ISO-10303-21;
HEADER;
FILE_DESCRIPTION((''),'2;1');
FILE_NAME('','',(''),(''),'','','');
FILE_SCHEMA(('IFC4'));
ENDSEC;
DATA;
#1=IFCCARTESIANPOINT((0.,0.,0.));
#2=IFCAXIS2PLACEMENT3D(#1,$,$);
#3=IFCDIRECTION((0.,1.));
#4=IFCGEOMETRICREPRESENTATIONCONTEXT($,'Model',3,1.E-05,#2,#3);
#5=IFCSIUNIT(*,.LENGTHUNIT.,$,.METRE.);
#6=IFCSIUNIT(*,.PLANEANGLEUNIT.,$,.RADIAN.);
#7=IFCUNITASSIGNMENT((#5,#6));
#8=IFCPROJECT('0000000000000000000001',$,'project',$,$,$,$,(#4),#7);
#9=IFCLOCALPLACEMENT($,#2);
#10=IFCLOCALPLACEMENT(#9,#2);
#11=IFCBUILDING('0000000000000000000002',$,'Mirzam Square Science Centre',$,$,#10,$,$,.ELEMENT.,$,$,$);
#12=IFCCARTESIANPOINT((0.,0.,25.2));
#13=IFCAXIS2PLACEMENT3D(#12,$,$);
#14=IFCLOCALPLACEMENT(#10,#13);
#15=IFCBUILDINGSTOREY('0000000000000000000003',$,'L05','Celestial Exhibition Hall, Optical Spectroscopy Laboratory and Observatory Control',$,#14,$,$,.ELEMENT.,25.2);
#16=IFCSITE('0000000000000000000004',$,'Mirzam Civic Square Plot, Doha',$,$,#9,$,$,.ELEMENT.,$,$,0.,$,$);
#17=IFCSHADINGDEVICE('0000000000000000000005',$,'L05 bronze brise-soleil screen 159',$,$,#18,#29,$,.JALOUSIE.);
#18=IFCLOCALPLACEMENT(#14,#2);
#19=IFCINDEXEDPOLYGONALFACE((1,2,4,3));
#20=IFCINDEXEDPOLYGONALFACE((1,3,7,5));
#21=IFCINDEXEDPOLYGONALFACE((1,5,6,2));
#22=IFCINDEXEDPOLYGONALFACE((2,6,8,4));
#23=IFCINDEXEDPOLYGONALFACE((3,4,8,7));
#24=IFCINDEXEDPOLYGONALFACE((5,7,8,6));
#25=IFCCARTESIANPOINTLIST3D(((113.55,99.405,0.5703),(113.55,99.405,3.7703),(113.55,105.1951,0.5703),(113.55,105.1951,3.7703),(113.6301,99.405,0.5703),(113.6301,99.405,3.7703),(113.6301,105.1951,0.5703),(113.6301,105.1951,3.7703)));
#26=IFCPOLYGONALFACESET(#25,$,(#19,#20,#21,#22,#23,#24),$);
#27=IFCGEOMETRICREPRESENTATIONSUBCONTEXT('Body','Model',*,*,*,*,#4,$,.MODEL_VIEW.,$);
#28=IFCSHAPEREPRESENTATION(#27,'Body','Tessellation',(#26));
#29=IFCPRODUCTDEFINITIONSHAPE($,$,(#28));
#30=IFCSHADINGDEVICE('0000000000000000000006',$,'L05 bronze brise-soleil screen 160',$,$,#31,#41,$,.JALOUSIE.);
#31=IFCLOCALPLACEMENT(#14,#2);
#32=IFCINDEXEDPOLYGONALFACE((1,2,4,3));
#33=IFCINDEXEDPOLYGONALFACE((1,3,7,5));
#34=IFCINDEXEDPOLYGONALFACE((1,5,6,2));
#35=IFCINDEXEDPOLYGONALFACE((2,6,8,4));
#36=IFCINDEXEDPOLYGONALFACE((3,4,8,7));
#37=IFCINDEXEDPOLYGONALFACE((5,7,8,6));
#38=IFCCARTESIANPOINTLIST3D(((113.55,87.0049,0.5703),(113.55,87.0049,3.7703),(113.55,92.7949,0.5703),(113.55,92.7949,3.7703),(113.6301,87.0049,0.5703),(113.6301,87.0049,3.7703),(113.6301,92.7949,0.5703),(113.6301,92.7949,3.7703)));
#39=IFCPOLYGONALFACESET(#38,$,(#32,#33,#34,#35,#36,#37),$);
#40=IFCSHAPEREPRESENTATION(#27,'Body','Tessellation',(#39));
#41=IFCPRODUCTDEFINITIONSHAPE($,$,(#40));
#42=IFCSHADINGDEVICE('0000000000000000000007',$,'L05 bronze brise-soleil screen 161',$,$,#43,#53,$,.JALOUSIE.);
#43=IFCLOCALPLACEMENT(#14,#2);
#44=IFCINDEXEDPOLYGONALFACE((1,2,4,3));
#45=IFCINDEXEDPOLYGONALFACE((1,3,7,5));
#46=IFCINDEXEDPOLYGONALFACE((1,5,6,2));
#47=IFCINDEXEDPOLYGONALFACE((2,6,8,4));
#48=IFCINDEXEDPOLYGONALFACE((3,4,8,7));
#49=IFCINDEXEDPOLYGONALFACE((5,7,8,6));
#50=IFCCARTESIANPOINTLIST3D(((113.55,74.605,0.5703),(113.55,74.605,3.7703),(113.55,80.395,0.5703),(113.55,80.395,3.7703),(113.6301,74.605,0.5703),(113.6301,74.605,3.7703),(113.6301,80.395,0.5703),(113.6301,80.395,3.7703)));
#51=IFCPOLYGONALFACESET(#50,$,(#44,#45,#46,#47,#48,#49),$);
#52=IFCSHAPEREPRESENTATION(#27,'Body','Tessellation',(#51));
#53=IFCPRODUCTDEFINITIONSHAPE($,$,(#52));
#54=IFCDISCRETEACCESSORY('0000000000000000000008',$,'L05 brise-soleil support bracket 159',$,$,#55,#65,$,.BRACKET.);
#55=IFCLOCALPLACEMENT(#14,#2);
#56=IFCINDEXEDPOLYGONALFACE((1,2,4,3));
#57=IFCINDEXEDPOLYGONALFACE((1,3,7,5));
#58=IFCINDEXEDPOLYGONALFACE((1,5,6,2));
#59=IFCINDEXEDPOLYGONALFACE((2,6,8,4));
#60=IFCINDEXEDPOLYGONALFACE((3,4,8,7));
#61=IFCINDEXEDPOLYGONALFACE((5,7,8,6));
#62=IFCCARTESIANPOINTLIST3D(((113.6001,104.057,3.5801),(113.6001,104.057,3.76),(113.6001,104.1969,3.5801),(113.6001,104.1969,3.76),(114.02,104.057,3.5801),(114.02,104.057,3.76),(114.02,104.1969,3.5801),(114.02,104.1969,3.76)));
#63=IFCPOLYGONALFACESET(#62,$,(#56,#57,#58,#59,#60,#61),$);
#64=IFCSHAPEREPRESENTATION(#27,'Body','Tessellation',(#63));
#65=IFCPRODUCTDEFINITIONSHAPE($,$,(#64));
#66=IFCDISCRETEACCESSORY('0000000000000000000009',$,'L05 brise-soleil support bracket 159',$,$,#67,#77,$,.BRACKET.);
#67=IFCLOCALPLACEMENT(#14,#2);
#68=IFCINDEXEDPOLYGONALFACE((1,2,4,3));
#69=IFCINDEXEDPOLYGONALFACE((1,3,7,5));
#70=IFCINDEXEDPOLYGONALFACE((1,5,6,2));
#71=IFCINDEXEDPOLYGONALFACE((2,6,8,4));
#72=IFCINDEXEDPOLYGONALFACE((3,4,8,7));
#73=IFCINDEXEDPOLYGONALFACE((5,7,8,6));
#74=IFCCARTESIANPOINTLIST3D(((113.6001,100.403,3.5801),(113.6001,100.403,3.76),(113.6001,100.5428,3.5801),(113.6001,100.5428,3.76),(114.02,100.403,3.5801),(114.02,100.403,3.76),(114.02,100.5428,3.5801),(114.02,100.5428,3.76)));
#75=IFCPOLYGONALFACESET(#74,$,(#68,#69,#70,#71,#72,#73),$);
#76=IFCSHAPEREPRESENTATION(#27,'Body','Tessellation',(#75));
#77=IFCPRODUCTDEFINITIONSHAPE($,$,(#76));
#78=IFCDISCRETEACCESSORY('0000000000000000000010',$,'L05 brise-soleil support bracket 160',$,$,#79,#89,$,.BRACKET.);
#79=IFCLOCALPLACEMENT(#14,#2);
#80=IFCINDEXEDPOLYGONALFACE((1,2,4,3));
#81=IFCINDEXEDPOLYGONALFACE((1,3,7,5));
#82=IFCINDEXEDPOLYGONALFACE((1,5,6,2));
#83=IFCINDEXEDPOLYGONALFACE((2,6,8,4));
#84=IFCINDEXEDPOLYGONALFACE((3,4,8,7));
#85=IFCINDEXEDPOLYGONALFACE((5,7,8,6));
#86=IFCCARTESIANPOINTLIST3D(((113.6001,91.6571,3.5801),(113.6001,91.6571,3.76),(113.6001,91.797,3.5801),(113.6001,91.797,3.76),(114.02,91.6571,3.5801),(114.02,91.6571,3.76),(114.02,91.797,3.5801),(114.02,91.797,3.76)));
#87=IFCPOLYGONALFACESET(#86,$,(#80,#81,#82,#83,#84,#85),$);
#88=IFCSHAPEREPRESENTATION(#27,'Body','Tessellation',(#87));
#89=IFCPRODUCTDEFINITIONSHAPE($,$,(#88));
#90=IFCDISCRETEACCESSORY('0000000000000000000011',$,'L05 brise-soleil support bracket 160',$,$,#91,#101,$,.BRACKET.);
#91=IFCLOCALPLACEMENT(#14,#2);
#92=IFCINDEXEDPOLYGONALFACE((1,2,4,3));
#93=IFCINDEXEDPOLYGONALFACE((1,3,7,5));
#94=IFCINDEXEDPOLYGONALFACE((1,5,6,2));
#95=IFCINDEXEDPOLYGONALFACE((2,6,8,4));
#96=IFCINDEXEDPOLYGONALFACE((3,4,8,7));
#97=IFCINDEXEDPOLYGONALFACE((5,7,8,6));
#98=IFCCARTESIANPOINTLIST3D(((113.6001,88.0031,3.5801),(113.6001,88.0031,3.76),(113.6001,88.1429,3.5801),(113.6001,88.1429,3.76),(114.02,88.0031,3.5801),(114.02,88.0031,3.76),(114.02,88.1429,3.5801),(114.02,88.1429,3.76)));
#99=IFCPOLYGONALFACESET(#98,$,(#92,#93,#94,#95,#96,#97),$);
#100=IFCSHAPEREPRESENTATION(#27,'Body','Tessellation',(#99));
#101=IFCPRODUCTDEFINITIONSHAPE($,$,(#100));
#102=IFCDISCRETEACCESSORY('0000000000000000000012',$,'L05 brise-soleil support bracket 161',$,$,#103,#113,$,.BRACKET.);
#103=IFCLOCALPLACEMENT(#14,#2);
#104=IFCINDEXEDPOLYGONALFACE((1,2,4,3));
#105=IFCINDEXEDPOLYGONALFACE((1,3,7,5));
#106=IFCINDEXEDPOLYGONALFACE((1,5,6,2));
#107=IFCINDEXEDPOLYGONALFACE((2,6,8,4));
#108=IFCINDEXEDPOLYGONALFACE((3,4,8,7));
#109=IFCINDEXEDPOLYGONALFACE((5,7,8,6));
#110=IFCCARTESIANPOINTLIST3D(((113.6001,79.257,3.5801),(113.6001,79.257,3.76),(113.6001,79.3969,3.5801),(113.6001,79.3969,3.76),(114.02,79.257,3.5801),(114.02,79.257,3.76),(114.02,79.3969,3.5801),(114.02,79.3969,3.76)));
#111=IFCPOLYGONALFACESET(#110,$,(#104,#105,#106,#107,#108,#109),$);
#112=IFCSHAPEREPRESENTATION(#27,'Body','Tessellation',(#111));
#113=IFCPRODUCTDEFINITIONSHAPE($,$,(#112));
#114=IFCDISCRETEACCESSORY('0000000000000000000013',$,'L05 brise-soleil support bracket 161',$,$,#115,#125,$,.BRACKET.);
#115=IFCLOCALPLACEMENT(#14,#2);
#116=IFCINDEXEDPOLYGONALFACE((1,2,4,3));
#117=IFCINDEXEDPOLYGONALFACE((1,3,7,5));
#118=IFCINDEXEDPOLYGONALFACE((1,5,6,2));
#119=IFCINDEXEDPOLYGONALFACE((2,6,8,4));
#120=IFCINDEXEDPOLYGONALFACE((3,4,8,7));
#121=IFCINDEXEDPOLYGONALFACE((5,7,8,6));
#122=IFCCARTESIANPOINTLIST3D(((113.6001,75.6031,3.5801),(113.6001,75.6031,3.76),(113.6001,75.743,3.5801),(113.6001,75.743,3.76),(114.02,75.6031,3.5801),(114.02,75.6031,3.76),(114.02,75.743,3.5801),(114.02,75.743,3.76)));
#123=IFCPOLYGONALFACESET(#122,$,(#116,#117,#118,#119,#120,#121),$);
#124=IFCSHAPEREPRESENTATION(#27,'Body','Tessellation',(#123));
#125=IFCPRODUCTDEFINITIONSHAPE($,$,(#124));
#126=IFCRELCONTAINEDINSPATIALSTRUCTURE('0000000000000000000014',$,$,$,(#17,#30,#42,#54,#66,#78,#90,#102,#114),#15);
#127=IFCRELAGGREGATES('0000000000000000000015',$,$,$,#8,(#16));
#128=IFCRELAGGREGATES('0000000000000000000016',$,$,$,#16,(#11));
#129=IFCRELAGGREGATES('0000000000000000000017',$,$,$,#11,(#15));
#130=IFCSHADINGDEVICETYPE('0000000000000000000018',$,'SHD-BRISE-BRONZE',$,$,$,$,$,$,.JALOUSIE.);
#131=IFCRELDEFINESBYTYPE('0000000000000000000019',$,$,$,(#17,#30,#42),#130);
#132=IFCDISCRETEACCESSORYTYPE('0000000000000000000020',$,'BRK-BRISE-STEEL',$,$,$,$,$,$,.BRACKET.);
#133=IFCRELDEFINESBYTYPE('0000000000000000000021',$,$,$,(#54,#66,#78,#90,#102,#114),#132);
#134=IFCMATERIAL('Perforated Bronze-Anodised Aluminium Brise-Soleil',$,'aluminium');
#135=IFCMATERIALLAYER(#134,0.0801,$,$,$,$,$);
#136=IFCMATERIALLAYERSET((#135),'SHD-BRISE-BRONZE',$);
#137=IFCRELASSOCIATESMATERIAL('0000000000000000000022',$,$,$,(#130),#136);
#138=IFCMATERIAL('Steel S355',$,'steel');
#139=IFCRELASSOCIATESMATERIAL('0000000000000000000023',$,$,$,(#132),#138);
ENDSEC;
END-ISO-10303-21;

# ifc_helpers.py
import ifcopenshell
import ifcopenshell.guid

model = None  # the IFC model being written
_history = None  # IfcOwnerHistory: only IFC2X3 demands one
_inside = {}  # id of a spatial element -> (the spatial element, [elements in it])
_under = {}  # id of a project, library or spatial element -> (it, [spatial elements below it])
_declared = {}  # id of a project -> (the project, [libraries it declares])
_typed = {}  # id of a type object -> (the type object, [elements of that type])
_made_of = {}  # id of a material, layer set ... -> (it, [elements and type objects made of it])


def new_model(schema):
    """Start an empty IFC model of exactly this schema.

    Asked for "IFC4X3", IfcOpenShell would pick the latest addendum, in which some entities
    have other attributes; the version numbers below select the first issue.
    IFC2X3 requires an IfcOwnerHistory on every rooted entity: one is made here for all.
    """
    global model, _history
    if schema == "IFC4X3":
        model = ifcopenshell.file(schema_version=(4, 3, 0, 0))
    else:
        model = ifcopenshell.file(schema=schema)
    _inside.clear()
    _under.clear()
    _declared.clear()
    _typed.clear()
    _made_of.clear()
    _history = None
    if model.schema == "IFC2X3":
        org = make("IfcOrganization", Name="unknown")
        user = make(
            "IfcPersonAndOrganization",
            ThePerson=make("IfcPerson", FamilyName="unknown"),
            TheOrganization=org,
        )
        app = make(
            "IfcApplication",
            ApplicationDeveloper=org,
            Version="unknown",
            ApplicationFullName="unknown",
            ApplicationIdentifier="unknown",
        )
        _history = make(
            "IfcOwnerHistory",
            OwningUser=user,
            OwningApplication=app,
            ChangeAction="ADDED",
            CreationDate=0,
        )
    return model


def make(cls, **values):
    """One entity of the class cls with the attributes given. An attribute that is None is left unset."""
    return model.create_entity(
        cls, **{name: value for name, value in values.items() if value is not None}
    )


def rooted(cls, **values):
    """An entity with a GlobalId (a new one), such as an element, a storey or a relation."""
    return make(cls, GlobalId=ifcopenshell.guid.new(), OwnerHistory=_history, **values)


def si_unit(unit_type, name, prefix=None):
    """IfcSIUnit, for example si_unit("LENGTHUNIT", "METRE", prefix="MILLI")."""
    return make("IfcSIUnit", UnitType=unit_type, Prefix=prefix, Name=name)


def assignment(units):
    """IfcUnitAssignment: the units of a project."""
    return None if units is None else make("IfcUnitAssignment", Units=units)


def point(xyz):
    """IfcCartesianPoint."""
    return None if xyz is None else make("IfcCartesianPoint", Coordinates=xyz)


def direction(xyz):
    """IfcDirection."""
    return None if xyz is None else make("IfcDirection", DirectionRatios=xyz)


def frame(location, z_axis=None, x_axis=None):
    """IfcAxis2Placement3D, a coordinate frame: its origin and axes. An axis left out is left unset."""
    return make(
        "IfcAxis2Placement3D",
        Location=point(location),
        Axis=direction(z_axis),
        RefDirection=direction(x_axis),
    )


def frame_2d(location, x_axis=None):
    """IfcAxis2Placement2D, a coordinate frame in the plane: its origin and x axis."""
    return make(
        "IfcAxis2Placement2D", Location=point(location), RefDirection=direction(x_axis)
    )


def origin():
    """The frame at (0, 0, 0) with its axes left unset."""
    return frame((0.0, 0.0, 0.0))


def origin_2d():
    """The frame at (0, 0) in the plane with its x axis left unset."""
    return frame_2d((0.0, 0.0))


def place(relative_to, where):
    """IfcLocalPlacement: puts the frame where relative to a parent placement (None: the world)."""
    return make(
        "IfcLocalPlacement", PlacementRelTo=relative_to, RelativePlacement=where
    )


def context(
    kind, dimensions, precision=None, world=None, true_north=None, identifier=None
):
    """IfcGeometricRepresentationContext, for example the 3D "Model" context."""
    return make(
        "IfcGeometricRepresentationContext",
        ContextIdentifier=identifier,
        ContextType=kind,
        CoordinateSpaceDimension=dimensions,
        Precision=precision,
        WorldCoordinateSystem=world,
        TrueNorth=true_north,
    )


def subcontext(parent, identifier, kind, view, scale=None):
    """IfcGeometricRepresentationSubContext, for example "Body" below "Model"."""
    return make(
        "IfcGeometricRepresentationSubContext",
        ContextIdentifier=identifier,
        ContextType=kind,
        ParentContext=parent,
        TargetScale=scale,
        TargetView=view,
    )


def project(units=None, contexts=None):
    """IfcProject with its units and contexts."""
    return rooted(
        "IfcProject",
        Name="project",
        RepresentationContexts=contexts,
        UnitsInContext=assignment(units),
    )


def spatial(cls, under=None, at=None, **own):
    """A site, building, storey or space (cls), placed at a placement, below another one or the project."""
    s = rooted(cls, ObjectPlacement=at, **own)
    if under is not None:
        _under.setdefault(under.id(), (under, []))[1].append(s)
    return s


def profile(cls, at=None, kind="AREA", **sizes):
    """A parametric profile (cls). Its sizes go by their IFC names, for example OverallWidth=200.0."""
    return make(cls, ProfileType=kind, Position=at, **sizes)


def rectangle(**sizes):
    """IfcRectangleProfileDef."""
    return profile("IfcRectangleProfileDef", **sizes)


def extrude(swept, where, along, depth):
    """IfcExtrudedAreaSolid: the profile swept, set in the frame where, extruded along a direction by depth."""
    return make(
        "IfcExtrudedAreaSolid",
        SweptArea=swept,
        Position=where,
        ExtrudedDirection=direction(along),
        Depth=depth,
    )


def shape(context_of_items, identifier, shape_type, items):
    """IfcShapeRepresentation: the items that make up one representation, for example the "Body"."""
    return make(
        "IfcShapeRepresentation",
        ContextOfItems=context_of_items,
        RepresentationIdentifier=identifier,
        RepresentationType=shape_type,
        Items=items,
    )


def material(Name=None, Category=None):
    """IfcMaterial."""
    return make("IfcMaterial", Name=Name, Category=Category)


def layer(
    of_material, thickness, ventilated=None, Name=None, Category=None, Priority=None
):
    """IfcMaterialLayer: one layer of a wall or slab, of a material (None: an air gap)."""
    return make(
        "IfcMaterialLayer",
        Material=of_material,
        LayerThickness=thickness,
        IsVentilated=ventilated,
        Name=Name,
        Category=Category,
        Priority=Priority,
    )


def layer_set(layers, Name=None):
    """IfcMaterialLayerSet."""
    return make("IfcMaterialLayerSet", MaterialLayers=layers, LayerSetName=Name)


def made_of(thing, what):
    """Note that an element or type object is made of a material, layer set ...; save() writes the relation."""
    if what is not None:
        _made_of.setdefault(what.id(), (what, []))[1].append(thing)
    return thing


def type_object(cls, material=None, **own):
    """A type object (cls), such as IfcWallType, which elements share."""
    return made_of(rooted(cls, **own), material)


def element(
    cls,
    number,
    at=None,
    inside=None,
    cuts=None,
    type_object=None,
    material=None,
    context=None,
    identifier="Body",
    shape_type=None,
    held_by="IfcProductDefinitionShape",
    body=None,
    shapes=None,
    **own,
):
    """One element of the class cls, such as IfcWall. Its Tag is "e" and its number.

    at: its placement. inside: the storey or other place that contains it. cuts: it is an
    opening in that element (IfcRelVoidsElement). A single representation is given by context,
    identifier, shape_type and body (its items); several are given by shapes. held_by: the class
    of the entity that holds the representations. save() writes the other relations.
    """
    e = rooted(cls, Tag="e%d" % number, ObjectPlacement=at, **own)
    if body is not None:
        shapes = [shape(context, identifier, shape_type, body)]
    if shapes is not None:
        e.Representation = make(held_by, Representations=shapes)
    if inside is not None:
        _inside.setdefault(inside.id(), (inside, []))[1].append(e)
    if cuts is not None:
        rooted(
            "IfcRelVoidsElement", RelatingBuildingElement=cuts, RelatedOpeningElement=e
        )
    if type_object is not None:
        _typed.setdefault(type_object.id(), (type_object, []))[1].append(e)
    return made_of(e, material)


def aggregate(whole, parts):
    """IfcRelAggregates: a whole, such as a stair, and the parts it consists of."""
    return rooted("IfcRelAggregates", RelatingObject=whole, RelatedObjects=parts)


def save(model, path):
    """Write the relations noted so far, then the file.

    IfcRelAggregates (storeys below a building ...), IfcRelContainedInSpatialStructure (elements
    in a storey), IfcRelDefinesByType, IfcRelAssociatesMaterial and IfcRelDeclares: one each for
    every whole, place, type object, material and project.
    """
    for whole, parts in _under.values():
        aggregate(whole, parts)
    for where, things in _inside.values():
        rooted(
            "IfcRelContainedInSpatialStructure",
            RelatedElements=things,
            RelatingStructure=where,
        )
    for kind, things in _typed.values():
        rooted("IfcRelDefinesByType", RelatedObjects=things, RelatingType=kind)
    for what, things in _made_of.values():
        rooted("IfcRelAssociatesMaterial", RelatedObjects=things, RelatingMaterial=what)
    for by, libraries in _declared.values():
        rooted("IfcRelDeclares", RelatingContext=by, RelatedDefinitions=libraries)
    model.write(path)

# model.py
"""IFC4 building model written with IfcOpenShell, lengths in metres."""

from ifc_helpers import new_model, si_unit, direction, frame, origin, origin_2d, place, context, subcontext, project, spatial, rectangle, extrude, material, layer, layer_set, type_object, element, save


model = new_model("IFC4")

# Units and contexts
model_context = context("Model", 3, precision=1e-05, world=origin(), true_north=direction((0.0, 1.0)))
body_context = subcontext(model_context, "Body", "Model", "MODEL_VIEW")
ifc_project = project(units=[si_unit("LENGTHUNIT", "METRE"), si_unit("PLANEANGLEUNIT", "RADIAN")], contexts=[model_context])

# Site, building, storey
site_placement = place(None, origin())
site = spatial("IfcSite", under=ifc_project, at=site_placement, Name="Mirzam Civic Square Plot, Doha", CompositionType="ELEMENT", RefElevation=0.0)
building_placement = place(site_placement, origin())
building = spatial("IfcBuilding", under=site, at=building_placement, Name="Mirzam Square Science Centre", CompositionType="ELEMENT")
storey_placement = place(building_placement, frame((0.0, 0.0, 25.2)))
storey = spatial("IfcBuildingStorey", under=building, at=storey_placement, Name="L05", Description="Celestial Exhibition Hall, Optical Spectroscopy Laboratory and Observatory Control", CompositionType="ELEMENT", Elevation=25.2)

# Shared definitions
ifc_material_1 = material(Name="Steel S355", Category="steel")

# Shading devices
ifc_material_2 = material(Name="Perforated Bronze-Anodised Aluminium Brise-Soleil", Category="aluminium")
ifc_layer_1 = layer(ifc_material_2, 0.0801)
ifc_layer_set_1 = layer_set([ifc_layer_1], Name="SHD-BRISE-BRONZE")
shading_device_type = type_object("IfcShadingDeviceType", Name="SHD-BRISE-BRONZE", PredefinedType="JALOUSIE", material=ifc_layer_set_1)
for number, where, z_axis, x_axis, name in (
    (1, (113.5901, 102.3, 0.5703), (0.0, 0.0, 1.0), (0.0, -1.0, 0.0), "L05 bronze brise-soleil screen 159"),
    (2, (113.5901, 89.8999, 0.5703), (0.0, 0.0, 1.0), (0.0, -1.0, 0.0), "L05 bronze brise-soleil screen 160"),
    (3, (113.5901, 77.5, 0.5703), (0.0, 0.0, 1.0), (0.0, -1.0, 0.0), "L05 bronze brise-soleil screen 161"),
):
    element("IfcShadingDevice", number, at=place(storey_placement, frame(where, z_axis=z_axis, x_axis=x_axis)), inside=storey, type_object=shading_device_type, Name=name, PredefinedType="JALOUSIE", context=body_context, shape_type="SweptSolid", body=[
        extrude(rectangle(XDim=5.79, YDim=0.0801, at=origin_2d()), origin(), (0.0, 0.0, 1.0), 3.2),
    ])

# Discrete accessories
discrete_accessory_type = type_object("IfcDiscreteAccessoryType", Name="BRK-BRISE-STEEL", PredefinedType="BRACKET", material=ifc_material_1)
for number, where, z_axis, x_axis, name in (
    (4, (113.8101, 104.127, 3.5801), (0.0, 0.0, 1.0), (0.0, -1.0, 0.0), "L05 brise-soleil support bracket 159"),
    (5, (113.8101, 100.4729, 3.5801), (0.0, 0.0, 1.0), (0.0, -1.0, 0.0), "L05 brise-soleil support bracket 159"),
    (6, (113.8101, 91.7271, 3.5801), (0.0, 0.0, 1.0), (0.0, -1.0, 0.0), "L05 brise-soleil support bracket 160"),
    (7, (113.8101, 88.073, 3.5801), (0.0, 0.0, 1.0), (0.0, -1.0, 0.0), "L05 brise-soleil support bracket 160"),
    (8, (113.8101, 79.3269, 3.5801), (0.0, 0.0, 1.0), (0.0, -1.0, 0.0), "L05 brise-soleil support bracket 161"),
    (9, (113.8101, 75.6731, 3.5801), (0.0, 0.0, 1.0), (0.0, -1.0, 0.0), "L05 brise-soleil support bracket 161"),
):
    element("IfcDiscreteAccessory", number, at=place(storey_placement, frame(where, z_axis=z_axis, x_axis=x_axis)), inside=storey, type_object=discrete_accessory_type, Name=name, PredefinedType="BRACKET", context=body_context, shape_type="SweptSolid", body=[
        extrude(rectangle(XDim=0.1399, YDim=0.4199, at=origin_2d()), origin(), (0.0, 0.0, 1.0), 0.1799),
    ])

save(model, "model.ifc")
